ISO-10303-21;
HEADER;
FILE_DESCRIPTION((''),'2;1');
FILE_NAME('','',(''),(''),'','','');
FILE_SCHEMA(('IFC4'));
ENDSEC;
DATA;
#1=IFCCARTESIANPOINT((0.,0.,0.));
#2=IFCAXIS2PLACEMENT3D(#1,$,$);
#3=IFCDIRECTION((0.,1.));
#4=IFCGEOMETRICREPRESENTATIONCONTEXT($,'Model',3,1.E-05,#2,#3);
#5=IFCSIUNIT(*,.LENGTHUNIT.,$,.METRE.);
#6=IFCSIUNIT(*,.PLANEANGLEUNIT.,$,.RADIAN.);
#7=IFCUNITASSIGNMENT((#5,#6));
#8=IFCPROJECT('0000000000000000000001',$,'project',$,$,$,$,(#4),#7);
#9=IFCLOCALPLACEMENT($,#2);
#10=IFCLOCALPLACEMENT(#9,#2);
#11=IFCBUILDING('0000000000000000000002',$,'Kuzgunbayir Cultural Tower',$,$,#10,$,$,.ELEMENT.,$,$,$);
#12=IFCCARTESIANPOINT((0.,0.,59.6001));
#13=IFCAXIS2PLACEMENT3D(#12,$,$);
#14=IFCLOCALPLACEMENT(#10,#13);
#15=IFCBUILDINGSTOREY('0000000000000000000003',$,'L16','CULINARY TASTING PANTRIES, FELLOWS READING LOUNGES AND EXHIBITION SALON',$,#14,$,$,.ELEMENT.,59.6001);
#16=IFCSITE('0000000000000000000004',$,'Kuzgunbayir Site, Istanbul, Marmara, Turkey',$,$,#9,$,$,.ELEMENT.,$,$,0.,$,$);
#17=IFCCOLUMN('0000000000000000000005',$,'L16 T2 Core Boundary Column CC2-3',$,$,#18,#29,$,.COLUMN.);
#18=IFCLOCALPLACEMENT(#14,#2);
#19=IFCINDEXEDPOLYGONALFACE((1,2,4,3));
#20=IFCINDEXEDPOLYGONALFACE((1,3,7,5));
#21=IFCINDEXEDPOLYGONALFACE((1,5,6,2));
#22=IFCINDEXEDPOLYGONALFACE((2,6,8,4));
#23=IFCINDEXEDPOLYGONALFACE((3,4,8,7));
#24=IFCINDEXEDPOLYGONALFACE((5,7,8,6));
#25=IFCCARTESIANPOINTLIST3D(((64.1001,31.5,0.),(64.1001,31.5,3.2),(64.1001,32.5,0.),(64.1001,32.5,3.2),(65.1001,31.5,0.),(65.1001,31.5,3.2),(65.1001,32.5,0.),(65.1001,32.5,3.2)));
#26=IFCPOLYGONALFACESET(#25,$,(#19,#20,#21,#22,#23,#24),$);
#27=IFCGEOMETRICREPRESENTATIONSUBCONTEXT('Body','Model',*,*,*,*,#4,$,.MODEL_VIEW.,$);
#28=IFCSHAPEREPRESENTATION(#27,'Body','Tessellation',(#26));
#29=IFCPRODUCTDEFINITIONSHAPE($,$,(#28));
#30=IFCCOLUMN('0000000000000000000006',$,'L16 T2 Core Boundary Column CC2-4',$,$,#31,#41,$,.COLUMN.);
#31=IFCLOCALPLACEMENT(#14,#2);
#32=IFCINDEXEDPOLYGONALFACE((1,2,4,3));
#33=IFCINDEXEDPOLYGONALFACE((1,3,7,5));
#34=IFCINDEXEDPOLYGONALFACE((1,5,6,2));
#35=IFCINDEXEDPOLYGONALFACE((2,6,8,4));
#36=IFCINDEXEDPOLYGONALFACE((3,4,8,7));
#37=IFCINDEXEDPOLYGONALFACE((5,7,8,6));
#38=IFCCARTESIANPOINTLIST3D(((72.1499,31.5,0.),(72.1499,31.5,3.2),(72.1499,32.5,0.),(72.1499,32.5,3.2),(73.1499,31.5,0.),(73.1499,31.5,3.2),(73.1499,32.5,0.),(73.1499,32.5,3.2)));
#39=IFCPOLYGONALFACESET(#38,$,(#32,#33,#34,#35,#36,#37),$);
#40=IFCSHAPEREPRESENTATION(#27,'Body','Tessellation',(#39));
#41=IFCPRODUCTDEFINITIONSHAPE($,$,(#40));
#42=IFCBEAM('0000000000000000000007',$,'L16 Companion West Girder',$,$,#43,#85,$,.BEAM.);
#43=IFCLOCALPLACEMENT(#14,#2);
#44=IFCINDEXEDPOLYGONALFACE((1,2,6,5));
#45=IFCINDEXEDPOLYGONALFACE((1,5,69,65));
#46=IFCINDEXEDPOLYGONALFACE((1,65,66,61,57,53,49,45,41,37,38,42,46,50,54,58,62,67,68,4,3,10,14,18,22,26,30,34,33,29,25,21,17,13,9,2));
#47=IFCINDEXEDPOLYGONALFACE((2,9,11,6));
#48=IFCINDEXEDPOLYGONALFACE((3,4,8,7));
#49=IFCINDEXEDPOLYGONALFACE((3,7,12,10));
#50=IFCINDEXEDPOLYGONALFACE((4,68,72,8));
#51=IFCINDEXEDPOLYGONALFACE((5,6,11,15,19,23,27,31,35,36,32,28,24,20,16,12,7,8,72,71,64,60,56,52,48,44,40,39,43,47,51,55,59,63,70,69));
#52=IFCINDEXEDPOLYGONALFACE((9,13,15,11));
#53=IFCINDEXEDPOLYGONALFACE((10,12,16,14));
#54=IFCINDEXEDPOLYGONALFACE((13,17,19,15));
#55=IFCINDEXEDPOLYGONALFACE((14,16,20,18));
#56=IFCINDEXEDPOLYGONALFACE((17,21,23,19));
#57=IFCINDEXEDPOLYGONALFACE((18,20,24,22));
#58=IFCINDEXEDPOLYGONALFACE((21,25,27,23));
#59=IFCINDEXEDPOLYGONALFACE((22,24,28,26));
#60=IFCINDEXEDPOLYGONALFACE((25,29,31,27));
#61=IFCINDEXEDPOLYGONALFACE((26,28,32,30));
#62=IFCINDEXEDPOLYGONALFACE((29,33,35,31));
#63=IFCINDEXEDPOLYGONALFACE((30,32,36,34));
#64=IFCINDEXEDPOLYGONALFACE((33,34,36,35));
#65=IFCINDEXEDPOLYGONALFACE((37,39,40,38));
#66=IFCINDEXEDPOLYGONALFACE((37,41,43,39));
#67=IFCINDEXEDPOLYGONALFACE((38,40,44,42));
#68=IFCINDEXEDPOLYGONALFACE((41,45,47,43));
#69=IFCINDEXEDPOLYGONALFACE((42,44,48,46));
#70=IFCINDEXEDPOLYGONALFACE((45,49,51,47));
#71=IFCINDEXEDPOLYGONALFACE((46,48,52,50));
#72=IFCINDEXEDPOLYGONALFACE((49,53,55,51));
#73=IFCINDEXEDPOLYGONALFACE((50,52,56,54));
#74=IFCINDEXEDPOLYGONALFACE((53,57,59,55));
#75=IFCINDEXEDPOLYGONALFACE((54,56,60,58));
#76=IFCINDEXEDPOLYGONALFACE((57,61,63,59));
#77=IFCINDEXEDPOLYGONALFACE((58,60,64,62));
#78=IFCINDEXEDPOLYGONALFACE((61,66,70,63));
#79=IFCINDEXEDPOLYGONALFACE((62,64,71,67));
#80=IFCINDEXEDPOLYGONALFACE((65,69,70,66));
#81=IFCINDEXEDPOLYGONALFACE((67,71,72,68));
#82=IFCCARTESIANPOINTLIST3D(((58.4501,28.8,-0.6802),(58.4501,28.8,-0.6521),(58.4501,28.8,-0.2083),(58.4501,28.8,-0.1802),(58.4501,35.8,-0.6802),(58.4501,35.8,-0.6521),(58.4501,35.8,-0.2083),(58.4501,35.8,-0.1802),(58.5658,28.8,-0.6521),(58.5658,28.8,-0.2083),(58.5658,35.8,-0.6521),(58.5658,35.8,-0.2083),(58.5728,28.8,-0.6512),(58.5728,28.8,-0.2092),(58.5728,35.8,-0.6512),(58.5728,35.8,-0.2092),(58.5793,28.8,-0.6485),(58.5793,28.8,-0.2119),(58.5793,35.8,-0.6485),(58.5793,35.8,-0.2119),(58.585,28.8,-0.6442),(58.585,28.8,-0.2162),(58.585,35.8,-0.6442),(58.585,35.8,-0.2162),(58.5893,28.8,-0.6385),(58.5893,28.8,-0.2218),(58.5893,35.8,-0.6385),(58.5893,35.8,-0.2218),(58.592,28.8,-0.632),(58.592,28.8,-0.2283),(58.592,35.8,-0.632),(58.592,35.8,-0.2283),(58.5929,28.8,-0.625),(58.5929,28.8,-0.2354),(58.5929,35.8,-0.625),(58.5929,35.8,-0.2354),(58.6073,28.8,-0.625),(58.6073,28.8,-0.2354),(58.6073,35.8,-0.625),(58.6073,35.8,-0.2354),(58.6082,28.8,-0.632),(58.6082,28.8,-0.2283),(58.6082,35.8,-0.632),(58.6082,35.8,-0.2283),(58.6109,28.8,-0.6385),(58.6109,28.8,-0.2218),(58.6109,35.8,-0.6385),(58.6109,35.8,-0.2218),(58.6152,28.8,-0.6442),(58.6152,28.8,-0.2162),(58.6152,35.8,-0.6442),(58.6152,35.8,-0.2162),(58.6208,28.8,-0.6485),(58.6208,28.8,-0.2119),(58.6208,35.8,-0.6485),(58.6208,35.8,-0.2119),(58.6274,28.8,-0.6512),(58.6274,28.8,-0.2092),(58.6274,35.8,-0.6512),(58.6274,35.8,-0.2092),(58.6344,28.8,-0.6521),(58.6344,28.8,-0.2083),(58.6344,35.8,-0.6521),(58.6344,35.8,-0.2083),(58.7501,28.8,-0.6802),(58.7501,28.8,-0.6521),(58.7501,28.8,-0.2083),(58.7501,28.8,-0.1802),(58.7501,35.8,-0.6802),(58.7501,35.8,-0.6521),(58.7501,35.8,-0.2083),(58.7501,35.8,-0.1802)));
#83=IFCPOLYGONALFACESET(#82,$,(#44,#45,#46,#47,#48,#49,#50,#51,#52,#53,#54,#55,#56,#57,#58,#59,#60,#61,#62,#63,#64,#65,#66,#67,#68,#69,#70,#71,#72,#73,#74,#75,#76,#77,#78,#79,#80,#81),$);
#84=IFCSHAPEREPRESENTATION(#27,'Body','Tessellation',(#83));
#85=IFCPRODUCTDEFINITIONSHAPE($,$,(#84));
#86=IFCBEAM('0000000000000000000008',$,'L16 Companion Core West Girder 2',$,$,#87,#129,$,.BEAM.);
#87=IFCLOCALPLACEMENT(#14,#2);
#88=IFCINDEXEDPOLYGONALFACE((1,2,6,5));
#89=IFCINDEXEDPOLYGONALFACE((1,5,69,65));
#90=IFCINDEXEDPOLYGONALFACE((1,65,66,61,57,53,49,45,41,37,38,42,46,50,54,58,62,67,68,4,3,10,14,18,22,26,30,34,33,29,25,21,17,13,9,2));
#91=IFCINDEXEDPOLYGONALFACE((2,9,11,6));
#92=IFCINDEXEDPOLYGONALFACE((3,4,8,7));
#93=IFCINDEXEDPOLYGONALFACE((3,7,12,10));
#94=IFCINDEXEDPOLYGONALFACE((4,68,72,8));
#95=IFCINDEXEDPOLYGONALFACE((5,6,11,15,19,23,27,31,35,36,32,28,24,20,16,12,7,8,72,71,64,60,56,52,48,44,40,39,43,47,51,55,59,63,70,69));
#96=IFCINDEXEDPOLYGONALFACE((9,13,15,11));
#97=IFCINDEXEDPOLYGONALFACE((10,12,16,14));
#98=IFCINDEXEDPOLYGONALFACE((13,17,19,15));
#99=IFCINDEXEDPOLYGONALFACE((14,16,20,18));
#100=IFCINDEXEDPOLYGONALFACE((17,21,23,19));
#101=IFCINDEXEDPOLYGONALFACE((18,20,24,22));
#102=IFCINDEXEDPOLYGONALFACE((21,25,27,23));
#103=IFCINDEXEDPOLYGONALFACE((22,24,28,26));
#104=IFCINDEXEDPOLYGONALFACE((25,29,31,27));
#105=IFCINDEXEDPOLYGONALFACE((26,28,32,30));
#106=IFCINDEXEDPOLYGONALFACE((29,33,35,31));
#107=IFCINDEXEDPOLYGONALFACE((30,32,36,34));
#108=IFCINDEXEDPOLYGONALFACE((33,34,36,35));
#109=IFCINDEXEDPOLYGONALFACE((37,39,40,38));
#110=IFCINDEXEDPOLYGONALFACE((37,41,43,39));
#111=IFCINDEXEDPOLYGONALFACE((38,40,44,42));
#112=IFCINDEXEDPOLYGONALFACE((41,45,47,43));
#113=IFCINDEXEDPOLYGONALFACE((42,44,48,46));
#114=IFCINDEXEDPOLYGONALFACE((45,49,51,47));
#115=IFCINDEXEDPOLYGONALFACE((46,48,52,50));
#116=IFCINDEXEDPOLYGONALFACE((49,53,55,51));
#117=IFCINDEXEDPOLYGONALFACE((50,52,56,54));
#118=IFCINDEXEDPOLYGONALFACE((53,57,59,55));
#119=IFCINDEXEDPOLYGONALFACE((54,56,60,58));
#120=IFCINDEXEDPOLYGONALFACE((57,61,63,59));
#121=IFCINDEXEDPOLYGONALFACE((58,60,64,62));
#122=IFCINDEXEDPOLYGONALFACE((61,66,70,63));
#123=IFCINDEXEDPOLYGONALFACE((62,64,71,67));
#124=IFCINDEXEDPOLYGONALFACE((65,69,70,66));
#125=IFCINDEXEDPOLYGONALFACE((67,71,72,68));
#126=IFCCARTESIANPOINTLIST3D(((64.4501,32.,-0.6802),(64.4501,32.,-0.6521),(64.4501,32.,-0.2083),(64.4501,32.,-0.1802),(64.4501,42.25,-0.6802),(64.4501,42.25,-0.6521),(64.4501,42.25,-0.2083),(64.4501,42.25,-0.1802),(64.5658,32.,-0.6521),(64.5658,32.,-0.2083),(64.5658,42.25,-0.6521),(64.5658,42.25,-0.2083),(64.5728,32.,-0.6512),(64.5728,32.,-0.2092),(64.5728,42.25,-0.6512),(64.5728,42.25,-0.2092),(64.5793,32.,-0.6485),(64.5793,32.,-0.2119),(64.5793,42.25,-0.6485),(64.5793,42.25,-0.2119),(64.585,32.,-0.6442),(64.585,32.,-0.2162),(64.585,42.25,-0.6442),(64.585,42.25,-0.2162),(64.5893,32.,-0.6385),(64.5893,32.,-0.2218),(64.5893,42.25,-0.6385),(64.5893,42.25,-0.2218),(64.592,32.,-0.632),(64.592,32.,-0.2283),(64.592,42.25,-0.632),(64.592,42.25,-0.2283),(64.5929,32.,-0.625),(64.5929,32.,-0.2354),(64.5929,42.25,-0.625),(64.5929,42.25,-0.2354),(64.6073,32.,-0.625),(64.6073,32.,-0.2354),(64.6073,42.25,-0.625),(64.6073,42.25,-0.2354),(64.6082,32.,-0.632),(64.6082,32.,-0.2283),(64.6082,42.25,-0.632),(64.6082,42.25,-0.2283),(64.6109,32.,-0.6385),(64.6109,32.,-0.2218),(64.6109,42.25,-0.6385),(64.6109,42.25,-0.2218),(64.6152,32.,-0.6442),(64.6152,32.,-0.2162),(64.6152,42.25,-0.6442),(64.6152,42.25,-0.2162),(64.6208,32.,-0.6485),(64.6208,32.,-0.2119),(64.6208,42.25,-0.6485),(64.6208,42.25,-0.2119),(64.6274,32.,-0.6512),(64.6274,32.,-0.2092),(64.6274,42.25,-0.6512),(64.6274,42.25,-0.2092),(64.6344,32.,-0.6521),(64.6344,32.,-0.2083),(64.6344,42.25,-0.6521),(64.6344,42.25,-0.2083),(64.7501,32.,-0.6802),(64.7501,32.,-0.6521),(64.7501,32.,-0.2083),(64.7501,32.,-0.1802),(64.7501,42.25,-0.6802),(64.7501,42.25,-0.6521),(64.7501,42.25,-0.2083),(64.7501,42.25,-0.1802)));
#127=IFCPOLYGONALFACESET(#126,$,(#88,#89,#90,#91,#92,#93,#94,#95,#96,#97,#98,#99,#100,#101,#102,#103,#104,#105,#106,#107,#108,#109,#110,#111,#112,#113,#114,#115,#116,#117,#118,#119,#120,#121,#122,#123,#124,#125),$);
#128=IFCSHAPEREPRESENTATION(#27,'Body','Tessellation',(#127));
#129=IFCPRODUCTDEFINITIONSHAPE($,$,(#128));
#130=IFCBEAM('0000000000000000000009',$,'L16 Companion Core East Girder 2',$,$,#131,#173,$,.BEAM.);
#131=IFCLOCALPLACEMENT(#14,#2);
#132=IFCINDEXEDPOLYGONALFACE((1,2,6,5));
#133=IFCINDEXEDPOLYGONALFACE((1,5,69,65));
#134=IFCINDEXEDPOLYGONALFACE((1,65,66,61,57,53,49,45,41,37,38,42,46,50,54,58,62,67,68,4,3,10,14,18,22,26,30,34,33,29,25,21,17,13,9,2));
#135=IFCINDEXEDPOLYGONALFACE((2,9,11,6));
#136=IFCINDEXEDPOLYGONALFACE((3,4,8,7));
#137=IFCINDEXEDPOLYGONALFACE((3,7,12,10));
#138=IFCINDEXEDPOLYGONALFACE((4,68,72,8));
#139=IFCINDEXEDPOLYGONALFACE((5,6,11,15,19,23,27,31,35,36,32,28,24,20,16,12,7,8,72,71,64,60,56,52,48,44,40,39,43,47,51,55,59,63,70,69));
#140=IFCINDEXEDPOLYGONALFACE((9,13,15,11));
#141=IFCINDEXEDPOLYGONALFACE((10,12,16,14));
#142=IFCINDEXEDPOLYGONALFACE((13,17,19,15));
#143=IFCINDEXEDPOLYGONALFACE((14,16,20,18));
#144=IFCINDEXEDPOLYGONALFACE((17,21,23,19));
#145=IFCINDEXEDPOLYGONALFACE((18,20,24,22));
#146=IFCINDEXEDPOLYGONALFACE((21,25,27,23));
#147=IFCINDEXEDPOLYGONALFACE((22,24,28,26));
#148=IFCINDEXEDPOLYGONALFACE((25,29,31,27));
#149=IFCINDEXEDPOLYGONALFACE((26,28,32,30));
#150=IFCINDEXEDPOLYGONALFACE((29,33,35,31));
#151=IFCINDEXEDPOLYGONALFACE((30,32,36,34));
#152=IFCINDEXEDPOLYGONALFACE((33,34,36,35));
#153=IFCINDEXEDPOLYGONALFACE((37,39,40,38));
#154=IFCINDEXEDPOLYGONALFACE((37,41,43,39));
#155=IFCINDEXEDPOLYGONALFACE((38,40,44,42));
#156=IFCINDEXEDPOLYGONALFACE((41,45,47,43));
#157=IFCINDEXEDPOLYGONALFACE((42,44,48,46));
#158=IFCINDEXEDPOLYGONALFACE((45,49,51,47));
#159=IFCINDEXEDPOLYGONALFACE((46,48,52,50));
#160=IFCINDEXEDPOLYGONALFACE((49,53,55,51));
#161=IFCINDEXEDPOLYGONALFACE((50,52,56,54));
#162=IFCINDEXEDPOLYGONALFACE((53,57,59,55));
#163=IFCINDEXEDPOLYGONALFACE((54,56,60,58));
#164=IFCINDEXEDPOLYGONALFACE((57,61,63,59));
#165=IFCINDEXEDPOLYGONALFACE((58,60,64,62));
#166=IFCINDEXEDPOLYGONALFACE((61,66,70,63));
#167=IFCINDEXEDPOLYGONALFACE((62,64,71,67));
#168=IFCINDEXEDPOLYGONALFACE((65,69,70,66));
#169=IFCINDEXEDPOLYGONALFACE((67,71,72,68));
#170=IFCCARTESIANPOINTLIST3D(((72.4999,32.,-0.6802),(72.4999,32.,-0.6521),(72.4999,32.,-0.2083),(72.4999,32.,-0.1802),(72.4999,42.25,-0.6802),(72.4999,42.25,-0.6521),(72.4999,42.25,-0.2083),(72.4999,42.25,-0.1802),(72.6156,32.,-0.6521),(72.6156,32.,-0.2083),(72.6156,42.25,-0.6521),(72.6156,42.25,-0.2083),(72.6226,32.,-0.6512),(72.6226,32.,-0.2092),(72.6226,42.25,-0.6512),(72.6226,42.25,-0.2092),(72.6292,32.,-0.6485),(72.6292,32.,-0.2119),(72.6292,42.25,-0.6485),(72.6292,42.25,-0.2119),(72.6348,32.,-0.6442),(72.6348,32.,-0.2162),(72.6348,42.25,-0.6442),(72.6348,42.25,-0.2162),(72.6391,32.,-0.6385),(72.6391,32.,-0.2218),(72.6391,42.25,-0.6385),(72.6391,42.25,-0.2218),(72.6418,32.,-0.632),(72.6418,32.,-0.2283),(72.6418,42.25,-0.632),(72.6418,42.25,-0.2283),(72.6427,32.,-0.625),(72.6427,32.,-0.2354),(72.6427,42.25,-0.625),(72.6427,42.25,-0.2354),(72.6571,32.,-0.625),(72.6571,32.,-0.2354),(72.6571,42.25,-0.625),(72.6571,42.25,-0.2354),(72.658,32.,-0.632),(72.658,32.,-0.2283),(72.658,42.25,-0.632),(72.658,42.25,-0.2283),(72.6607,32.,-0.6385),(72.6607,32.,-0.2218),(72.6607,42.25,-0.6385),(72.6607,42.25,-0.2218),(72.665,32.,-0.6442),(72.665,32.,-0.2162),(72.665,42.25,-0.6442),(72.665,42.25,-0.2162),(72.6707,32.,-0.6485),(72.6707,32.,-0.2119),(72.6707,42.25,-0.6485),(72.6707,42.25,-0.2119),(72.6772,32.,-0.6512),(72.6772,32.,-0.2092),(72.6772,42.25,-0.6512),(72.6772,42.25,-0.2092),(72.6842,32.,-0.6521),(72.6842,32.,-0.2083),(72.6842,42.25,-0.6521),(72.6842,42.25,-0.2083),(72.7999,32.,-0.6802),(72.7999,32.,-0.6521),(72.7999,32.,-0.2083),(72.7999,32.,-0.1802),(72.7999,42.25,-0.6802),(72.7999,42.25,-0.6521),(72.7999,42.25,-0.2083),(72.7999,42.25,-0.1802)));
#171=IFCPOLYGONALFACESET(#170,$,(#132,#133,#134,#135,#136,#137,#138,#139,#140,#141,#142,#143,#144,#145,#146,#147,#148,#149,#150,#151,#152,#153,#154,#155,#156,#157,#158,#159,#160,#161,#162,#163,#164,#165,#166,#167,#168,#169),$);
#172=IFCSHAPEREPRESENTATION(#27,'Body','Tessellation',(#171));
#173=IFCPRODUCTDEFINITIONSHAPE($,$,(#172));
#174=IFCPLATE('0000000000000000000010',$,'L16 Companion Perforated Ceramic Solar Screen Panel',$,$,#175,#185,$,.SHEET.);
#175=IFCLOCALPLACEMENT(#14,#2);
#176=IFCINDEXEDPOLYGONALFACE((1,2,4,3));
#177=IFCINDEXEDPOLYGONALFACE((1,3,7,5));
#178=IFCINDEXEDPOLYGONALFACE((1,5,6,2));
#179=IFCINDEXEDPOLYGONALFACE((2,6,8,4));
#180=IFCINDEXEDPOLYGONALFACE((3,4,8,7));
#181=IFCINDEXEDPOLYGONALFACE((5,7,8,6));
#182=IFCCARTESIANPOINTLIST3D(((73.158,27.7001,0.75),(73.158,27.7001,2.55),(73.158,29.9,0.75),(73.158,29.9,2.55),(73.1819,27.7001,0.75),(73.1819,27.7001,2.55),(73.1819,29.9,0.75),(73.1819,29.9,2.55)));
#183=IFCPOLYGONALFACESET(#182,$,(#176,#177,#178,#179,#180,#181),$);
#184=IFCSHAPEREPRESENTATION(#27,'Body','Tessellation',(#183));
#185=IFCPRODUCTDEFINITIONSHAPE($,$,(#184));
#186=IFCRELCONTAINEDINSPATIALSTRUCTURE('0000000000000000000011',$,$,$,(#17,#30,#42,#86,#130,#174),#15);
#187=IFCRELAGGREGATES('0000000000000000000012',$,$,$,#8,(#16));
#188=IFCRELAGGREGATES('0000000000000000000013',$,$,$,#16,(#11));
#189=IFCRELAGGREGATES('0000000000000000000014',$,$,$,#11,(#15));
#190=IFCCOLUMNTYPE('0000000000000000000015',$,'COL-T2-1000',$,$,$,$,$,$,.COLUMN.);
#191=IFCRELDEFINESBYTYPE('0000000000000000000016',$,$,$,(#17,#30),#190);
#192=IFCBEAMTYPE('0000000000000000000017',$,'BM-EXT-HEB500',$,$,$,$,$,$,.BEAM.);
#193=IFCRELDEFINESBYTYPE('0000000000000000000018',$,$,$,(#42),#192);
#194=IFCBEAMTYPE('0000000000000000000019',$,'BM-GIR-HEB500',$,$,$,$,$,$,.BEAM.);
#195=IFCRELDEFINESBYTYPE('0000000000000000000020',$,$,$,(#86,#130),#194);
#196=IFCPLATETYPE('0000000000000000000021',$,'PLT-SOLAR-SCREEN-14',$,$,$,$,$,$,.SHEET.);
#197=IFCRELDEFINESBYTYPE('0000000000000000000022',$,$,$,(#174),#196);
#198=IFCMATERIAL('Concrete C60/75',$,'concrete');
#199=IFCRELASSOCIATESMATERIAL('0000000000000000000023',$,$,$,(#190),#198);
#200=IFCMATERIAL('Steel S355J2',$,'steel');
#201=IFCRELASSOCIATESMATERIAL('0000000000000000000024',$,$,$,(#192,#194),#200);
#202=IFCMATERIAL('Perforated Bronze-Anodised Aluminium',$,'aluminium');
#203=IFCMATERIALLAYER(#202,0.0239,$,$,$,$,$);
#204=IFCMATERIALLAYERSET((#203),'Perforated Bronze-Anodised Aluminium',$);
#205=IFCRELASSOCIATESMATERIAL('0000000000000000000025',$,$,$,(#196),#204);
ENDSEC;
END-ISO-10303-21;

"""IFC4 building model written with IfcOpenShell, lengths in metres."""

from ifc_helpers import new_model, si_unit, direction, frame, origin, origin_2d, place, context, subcontext, project, spatial, rectangle, i_section, extrude, material, layer, layer_set, material_profile, profile_set, type_object, element, save


model = new_model("IFC4")

# Units and contexts
model_context = context("Model", 3, precision=1e-05, world=origin(), true_north=direction((0.0, 1.0)))
body_context = subcontext(model_context, "Body", "Model", "MODEL_VIEW")
ifc_project = project(units=[si_unit("LENGTHUNIT", "METRE"), si_unit("PLANEANGLEUNIT", "RADIAN")], contexts=[model_context])

# Site, building, storey
site_placement = place(None, origin())
site = spatial("IfcSite", under=ifc_project, at=site_placement, Name="Kuzgunbayir Site, Istanbul, Marmara, Turkey", CompositionType="ELEMENT", RefElevation=0.0)
building_placement = place(site_placement, origin())
building = spatial("IfcBuilding", under=site, at=building_placement, Name="Kuzgunbayir Cultural Tower", CompositionType="ELEMENT")
storey_placement = place(building_placement, frame((0.0, 0.0, 59.6001)))
storey = spatial("IfcBuildingStorey", under=building, at=storey_placement, Name="L16", Description="CULINARY TASTING PANTRIES, FELLOWS READING LOUNGES AND EXHIBITION SALON", CompositionType="ELEMENT", Elevation=59.6001)

# Columns
ifc_material_1 = material(Name="Concrete C60/75", Category="concrete")
ifc_material_profile_1 = material_profile(ifc_material_1, rectangle(XDim=1.0, YDim=1.0, at=origin_2d()), Name="RC 1000x1000")
ifc_profile_set_1 = profile_set([ifc_material_profile_1], Name="Concrete C60/75")
column_type = type_object("IfcColumnType", Name="COL-T2-1000", PredefinedType="COLUMN", material=ifc_profile_set_1)
for number, where, z_axis, x_axis, name in (
    (1, (64.6001, 32.0, 0.0), (0.0, 0.0, 1.0), (1.0, 0.0, 0.0), "L16 T2 Core Boundary Column CC2-3"),
    (2, (72.6499, 32.0, 0.0), (0.0, 0.0, 1.0), (1.0, 0.0, 0.0), "L16 T2 Core Boundary Column CC2-4"),
):
    element("IfcColumn", number, at=place(storey_placement, frame(where, z_axis=z_axis, x_axis=x_axis)), inside=storey, type_object=column_type, Name=name, PredefinedType="COLUMN", context=body_context, shape_type="SweptSolid", body=[
        extrude(rectangle(XDim=1.0, YDim=1.0, at=origin_2d()), origin(), (0.0, 0.0, 1.0), 3.2),
    ])

# Beams
ifc_material_2 = material(Name="Steel S355J2", Category="steel")
ifc_material_profile_2 = material_profile(ifc_material_2, i_section(OverallWidth=0.3, OverallDepth=0.5, WebThickness=0.0144, FlangeThickness=0.0281, FilletRadius=0.0271, at=origin_2d()), Name="HEB 500")
ifc_profile_set_2 = profile_set([ifc_material_profile_2], Name="Steel S355J2")
beam_type_1 = type_object("IfcBeamType", Name="BM-EXT-HEB500", PredefinedType="BEAM", material=ifc_profile_set_2)
beam_placement = place(storey_placement, frame((58.6001, 28.8, -0.4302), z_axis=(0.0, 1.0, 0.0), x_axis=(-1.0, 0.0, 0.0)))
element("IfcBeam", 3, at=beam_placement, inside=storey, type_object=beam_type_1, Name="L16 Companion West Girder", PredefinedType="BEAM", context=body_context, shape_type="SweptSolid", body=[
    extrude(i_section(OverallWidth=0.3, OverallDepth=0.5, WebThickness=0.0144, FlangeThickness=0.0281, FilletRadius=0.0271, at=origin_2d()), origin(), (0.0, 0.0, 1.0), 7.0),
])
ifc_material_profile_3 = material_profile(ifc_material_2, i_section(OverallWidth=0.3, OverallDepth=0.5, WebThickness=0.0144, FlangeThickness=0.0281, FilletRadius=0.0271, at=origin_2d()), Name="HEB 500")
ifc_profile_set_3 = profile_set([ifc_material_profile_3], Name="Steel S355J2")
beam_type_2 = type_object("IfcBeamType", Name="BM-GIR-HEB500", PredefinedType="BEAM", material=ifc_profile_set_3)
for number, where, z_axis, x_axis, name in (
    (4, (64.6001, 32.0, -0.4302), (0.0, 1.0, 0.0), (-1.0, 0.0, 0.0), "L16 Companion Core West Girder 2"),
    (5, (72.6499, 32.0, -0.4302), (0.0, 1.0, 0.0), (-1.0, 0.0, 0.0), "L16 Companion Core East Girder 2"),
):
    element("IfcBeam", number, at=place(storey_placement, frame(where, z_axis=z_axis, x_axis=x_axis)), inside=storey, type_object=beam_type_2, Name=name, PredefinedType="BEAM", context=body_context, shape_type="SweptSolid", body=[
        extrude(i_section(OverallWidth=0.3, OverallDepth=0.5, WebThickness=0.0144, FlangeThickness=0.0281, FilletRadius=0.0271, at=origin_2d()), origin(), (0.0, 0.0, 1.0), 10.25),
    ])

# Plate
ifc_material_3 = material(Name="Perforated Bronze-Anodised Aluminium", Category="aluminium")
ifc_layer_1 = layer(ifc_material_3, 0.0239)
ifc_layer_set_1 = layer_set([ifc_layer_1], Name="Perforated Bronze-Anodised Aluminium")
plate_type = type_object("IfcPlateType", Name="PLT-SOLAR-SCREEN-14", PredefinedType="SHEET", material=ifc_layer_set_1)
plate_placement = place(storey_placement, frame((73.1699, 28.8, 0.75), z_axis=(0.0, 0.0, 1.0), x_axis=(1.0, 0.0, 0.0)))
element("IfcPlate", 6, at=plate_placement, inside=storey, type_object=plate_type, Name="L16 Companion Perforated Ceramic Solar Screen Panel", PredefinedType="SHEET", context=body_context, shape_type="SweptSolid", body=[
    extrude(rectangle(XDim=0.0239, YDim=2.2, at=origin_2d()), origin(), (0.0, 0.0, 1.0), 1.8),
])

save(model, "model.ifc")
